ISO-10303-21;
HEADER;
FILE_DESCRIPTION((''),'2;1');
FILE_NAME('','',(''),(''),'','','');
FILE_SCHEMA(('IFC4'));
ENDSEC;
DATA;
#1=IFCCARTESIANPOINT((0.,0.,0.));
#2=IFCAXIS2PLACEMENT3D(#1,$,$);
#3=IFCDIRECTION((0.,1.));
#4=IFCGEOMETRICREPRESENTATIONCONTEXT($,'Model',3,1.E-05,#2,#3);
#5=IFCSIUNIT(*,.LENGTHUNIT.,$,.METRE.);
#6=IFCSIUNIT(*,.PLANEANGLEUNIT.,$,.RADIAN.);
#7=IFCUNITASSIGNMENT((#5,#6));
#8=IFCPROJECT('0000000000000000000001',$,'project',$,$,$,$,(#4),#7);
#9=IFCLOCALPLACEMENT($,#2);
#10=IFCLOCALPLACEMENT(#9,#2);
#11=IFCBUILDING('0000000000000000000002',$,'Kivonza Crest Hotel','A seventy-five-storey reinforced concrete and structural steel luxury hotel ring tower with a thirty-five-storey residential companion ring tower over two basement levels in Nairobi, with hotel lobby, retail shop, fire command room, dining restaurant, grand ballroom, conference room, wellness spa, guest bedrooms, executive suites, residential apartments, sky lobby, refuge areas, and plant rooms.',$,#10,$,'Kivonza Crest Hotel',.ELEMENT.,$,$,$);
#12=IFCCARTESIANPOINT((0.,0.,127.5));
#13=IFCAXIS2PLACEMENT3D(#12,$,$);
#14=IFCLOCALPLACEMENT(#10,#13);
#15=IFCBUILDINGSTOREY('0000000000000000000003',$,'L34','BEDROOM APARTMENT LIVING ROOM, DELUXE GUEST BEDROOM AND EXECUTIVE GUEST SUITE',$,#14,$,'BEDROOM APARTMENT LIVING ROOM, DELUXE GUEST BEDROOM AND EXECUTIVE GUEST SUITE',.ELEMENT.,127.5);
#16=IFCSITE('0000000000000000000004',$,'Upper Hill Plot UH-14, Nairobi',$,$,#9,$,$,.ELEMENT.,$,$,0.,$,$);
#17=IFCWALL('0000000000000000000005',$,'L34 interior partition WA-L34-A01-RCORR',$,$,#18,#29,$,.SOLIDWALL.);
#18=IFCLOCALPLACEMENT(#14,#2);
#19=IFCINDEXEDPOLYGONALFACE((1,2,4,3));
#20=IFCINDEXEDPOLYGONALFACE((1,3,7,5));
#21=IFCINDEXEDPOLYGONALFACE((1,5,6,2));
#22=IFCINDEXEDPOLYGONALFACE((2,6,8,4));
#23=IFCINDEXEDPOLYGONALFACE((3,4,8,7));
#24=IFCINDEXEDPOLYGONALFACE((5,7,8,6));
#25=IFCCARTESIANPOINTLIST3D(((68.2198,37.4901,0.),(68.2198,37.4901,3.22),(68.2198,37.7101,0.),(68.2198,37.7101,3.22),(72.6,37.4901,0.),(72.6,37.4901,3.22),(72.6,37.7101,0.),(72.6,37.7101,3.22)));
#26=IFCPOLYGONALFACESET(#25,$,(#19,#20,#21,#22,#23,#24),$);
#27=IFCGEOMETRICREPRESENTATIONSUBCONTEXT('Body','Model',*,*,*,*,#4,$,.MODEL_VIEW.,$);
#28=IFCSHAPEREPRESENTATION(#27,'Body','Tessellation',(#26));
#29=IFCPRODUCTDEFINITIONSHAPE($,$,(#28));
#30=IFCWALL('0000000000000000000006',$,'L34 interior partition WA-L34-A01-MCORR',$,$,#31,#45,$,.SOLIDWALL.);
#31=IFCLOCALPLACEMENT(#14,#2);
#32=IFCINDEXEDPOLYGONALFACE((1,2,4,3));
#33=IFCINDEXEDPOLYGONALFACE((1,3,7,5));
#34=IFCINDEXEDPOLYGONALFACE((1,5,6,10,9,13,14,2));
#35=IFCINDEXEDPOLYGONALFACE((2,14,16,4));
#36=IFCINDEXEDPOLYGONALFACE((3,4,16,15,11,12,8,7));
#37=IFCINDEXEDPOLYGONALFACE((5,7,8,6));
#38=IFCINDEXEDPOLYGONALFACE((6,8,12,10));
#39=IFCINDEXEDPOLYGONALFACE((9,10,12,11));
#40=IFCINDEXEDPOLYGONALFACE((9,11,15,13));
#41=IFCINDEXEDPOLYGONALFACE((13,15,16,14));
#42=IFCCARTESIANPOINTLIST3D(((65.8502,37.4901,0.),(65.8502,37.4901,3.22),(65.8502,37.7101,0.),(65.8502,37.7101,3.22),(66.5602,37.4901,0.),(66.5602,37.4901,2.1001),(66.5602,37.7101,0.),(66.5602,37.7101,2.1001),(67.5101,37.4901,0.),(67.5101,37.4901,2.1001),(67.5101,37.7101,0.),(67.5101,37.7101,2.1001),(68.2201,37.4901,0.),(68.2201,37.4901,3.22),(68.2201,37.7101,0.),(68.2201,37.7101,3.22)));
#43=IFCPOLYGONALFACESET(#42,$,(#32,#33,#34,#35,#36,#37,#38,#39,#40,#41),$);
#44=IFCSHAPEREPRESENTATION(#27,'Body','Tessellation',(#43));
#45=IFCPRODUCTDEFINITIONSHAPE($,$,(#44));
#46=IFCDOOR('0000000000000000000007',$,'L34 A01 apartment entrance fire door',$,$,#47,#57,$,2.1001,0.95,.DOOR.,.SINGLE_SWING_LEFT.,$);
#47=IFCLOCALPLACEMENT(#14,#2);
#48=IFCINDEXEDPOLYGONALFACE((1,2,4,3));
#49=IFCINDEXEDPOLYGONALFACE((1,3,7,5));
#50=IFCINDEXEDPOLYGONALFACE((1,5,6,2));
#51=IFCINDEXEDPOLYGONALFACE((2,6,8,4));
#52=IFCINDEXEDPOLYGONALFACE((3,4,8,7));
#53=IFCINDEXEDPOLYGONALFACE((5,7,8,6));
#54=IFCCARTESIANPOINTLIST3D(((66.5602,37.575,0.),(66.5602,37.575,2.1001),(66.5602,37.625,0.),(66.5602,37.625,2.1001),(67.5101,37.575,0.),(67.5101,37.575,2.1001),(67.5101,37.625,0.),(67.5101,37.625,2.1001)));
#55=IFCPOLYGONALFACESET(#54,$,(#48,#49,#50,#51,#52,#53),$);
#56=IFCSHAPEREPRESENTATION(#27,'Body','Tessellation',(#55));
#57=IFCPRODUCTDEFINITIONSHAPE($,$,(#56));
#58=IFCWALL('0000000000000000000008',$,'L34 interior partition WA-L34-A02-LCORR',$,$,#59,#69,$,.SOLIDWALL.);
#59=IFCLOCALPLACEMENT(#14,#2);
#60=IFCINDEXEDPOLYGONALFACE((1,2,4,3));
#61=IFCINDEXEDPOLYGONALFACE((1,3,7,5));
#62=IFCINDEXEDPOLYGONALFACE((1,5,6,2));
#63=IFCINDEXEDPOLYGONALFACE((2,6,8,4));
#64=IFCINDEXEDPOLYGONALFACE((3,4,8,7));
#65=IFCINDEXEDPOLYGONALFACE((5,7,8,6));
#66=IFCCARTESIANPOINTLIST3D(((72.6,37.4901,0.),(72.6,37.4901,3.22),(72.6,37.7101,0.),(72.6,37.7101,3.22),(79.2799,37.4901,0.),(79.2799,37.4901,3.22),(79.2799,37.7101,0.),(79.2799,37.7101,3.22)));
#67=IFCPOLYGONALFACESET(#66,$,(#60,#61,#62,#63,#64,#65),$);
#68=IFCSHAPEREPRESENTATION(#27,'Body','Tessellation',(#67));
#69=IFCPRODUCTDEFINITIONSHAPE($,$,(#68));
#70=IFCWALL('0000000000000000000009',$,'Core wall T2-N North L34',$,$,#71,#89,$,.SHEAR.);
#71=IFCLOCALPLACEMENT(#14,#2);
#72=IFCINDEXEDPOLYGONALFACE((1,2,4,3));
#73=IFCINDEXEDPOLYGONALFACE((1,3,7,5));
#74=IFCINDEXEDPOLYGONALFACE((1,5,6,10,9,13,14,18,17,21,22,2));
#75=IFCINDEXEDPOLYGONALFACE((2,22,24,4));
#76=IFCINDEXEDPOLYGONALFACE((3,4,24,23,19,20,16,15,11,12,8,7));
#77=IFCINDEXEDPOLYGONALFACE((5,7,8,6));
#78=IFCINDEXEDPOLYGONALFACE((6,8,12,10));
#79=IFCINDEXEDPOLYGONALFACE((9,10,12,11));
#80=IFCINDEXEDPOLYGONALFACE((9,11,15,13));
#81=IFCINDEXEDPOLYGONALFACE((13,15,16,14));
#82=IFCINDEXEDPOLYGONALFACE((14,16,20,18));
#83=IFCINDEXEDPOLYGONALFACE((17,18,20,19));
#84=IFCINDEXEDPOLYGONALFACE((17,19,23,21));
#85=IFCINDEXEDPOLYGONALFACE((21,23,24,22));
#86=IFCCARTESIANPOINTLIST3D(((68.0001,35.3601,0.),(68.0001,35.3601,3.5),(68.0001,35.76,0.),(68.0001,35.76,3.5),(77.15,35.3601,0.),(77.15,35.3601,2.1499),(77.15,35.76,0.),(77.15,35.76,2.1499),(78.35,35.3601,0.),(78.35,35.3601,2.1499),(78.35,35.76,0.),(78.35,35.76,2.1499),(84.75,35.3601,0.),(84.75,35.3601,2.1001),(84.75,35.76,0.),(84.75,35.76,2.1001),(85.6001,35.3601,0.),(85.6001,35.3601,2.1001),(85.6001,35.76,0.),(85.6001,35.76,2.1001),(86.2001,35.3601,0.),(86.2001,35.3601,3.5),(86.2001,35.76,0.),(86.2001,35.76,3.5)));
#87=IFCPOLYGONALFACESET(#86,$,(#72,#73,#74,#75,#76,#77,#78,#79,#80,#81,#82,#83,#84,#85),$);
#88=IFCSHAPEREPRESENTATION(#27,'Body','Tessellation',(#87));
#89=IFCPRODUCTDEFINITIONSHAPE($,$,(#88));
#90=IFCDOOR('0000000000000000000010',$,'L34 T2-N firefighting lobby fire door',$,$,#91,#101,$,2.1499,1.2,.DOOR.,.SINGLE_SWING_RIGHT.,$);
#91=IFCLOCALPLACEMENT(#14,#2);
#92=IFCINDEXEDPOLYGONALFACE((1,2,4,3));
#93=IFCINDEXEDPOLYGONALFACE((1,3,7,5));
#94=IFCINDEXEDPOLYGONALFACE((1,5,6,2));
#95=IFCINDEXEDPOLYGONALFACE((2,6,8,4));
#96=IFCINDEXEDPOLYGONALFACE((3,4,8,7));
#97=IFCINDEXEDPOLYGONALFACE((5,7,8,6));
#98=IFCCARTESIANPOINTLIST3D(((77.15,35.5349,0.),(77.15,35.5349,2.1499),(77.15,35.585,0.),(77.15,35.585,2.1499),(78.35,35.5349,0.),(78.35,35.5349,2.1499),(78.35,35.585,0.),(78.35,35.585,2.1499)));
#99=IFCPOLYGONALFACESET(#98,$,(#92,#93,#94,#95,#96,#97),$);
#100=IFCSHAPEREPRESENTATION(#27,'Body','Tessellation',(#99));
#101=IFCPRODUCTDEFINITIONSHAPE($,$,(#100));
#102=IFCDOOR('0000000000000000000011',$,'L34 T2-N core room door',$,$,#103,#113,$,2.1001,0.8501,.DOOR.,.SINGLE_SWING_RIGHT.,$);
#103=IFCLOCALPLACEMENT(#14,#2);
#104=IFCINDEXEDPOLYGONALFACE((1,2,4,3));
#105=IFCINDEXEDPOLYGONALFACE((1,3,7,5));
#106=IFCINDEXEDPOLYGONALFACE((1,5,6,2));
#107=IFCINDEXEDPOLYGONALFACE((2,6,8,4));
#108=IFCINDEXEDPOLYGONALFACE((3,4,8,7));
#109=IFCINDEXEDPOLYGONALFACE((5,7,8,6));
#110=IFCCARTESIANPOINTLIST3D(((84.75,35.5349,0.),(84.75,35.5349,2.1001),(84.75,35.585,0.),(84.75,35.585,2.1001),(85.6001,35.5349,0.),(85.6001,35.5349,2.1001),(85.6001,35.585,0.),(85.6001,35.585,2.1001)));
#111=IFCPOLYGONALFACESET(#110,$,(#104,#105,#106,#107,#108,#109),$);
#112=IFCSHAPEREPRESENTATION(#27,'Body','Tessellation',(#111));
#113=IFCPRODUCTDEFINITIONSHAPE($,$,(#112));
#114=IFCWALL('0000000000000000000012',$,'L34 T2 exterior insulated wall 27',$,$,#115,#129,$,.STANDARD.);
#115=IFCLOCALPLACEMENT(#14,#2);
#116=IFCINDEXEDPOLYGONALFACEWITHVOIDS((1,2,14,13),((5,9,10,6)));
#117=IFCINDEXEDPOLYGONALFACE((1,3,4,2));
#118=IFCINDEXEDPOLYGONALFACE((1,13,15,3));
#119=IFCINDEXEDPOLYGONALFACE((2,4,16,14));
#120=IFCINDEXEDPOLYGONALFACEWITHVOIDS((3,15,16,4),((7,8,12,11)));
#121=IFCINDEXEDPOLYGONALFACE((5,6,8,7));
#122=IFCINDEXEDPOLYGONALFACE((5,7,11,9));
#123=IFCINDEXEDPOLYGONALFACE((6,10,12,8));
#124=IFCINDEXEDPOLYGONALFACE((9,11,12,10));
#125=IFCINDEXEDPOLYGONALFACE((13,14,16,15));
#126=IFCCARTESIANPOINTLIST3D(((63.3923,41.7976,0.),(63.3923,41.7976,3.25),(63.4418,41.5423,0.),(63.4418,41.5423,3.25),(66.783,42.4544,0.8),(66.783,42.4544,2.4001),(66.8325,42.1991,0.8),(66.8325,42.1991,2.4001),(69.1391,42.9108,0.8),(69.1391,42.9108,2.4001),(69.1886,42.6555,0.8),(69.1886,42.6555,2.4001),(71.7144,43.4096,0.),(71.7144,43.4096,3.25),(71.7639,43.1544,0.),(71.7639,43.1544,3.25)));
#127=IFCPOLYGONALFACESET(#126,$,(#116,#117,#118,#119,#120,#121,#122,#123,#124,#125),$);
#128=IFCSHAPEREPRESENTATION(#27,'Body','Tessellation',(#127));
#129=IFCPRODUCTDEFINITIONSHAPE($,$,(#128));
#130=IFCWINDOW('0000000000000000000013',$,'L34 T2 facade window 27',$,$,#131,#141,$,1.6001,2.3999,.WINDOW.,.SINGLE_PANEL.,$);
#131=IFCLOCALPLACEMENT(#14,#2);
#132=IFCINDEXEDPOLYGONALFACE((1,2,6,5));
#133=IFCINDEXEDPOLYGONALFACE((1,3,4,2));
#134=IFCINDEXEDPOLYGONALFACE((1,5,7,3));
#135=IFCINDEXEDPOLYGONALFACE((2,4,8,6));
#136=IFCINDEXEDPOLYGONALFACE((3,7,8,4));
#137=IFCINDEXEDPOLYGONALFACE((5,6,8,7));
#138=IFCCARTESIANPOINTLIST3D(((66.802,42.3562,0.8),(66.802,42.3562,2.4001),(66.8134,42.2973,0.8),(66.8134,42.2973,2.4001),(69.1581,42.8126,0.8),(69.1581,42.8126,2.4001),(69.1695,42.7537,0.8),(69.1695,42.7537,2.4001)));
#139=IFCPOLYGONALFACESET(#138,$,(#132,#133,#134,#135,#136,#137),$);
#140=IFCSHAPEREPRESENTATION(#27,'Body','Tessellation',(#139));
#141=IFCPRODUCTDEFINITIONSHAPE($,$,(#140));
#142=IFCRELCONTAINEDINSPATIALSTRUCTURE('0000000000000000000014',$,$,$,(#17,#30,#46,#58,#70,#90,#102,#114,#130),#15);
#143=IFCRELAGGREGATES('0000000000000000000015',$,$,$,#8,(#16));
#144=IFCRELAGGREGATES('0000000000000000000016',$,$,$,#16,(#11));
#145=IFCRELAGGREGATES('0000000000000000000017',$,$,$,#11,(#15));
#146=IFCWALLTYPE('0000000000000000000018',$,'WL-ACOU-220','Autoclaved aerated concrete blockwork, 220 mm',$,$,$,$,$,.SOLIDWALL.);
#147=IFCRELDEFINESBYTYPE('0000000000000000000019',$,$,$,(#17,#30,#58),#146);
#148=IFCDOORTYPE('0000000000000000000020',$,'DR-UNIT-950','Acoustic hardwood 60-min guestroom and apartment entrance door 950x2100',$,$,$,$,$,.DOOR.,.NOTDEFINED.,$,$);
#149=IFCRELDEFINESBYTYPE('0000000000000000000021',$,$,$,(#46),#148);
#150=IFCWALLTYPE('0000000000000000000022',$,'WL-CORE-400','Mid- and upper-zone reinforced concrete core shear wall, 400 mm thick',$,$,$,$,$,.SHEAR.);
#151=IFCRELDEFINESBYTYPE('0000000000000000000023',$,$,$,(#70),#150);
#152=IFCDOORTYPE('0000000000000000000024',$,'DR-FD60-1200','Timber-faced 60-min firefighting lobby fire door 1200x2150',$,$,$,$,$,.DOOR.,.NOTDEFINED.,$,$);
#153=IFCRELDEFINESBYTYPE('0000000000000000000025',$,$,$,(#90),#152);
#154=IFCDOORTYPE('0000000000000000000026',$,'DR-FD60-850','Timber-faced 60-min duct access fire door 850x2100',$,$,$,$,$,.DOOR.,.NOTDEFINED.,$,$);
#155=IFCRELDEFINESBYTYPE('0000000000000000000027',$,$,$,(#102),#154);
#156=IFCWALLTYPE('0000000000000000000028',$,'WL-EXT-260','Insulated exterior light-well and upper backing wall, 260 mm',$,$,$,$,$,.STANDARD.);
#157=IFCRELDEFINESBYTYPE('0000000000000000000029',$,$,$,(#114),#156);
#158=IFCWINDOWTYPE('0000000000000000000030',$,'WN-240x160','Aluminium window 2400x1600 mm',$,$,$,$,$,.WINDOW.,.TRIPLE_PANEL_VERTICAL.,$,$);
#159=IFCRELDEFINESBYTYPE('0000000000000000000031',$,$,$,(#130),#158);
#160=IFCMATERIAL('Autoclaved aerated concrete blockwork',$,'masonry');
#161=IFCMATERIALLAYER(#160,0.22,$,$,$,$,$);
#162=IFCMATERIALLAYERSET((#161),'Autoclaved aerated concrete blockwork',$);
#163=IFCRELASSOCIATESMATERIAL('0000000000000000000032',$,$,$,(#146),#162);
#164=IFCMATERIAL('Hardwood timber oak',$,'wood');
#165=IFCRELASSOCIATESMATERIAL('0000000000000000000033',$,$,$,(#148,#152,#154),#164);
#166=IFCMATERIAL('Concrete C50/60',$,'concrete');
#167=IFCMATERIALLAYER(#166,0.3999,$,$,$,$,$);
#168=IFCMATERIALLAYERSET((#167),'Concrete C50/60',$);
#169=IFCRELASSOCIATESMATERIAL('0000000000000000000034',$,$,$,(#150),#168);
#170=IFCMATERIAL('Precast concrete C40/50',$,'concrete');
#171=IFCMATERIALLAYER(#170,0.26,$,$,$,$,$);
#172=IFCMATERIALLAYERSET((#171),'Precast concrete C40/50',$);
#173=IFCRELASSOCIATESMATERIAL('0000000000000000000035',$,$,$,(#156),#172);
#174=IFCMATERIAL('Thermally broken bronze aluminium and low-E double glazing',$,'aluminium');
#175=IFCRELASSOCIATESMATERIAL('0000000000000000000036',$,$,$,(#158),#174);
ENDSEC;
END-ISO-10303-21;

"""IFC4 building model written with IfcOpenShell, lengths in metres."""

from ifc_helpers import new_model, si_unit, direction, frame, frame_2d, origin, place, context, subcontext, project, spatial, rectangle, extrude, material, layer, layer_set, type_object, element, fill, save


model = new_model("IFC4")

# Units and contexts
model_context = context("Model", 3, precision=1e-05, world=origin(), true_north=direction((0.0, 1.0)))
body_context = subcontext(model_context, "Body", "Model", "MODEL_VIEW")
ifc_project = project(units=[si_unit("LENGTHUNIT", "METRE"), si_unit("PLANEANGLEUNIT", "RADIAN")], contexts=[model_context])

# Site, building, storey
site_placement = place(None, origin())
site = spatial("IfcSite", under=ifc_project, at=site_placement, Name="Upper Hill Plot UH-14, Nairobi", CompositionType="ELEMENT", RefElevation=0.0)
building_placement = place(site_placement, origin())
building = spatial("IfcBuilding", under=site, at=building_placement, Name="Kivonza Crest Hotel", Description="A seventy-five-storey reinforced concrete and structural steel luxury hotel ring tower with a thirty-five-storey residential companion ring tower over two basement levels in Nairobi, with hotel lobby, retail shop, fire command room, dining restaurant, grand ballroom, conference room, wellness spa, guest bedrooms, executive suites, residential apartments, sky lobby, refuge areas, and plant rooms.", LongName="Kivonza Crest Hotel", CompositionType="ELEMENT")
storey_placement = place(building_placement, frame((0.0, 0.0, 127.5)))
storey = spatial("IfcBuildingStorey", under=building, at=storey_placement, Name="L34", Description="BEDROOM APARTMENT LIVING ROOM, DELUXE GUEST BEDROOM AND EXECUTIVE GUEST SUITE", LongName="BEDROOM APARTMENT LIVING ROOM, DELUXE GUEST BEDROOM AND EXECUTIVE GUEST SUITE", CompositionType="ELEMENT", Elevation=127.5)

# Shared definitions
ifc_material_1 = material(Name="Concrete C50/60", Category="concrete")

# Wall
ifc_material_2 = material(Name="Autoclaved aerated concrete blockwork", Category="masonry")
ifc_layer_1 = layer(ifc_material_2, 0.22)
ifc_layer_set_1 = layer_set([ifc_layer_1], Name="Autoclaved aerated concrete blockwork")
wall_type_1 = type_object("IfcWallType", Name="WL-ACOU-220", Description="Autoclaved aerated concrete blockwork, 220 mm", PredefinedType="SOLIDWALL", material=ifc_layer_set_1)
wall_1_placement = place(storey_placement, frame((68.22, 37.6001, 0.0), z_axis=(0.0, 0.0, 1.0), x_axis=(1.0, 0.0, 0.0)))
element("IfcWall", 1, at=wall_1_placement, inside=storey, type_object=wall_type_1, Name="L34 interior partition WA-L34-A01-RCORR", PredefinedType="SOLIDWALL", context=body_context, shape_type="SweptSolid", body=[
    extrude(rectangle(XDim=4.3801, YDim=0.22, at=frame_2d((2.1899, 0.0))), origin(), (0.0, 0.0, 1.0), 3.22),
])

# Wall, opening, door
wall_2_placement = place(storey_placement, frame((65.8501, 37.6001, 0.0), z_axis=(0.0, 0.0, 1.0), x_axis=(1.0, 0.0, 0.0)))
wall_2 = element("IfcWall", 2, at=wall_2_placement, inside=storey, type_object=wall_type_1, Name="L34 interior partition WA-L34-A01-MCORR", PredefinedType="SOLIDWALL", context=body_context, shape_type="SweptSolid", body=[
    extrude(rectangle(XDim=2.3699, YDim=0.22, at=frame_2d((1.1851, 0.0))), origin(), (0.0, 0.0, 1.0), 3.22),
])
opening_1_placement = place(wall_2_placement, frame((0.71, 0.0, 0.0)))
opening_1 = element("IfcOpeningElement", 3, at=opening_1_placement, cuts=wall_2, PredefinedType="OPENING", context=body_context, shape_type="SweptSolid", body=[
    extrude(rectangle(XDim=0.95, YDim=2.1001, at=frame_2d((0.4751, 1.05))), frame((0.0, 0.1201, 0.0), z_axis=(0.0, -1.0, 0.0), x_axis=(1.0, 0.0, 0.0)), (0.0, 0.0, 1.0), 0.24),
])
ifc_material_3 = material(Name="Hardwood timber oak", Category="wood")
door_type_1 = type_object("IfcDoorType", Name="DR-UNIT-950", Description="Acoustic hardwood 60-min guestroom and apartment entrance door 950x2100", OperationType="NOTDEFINED", PredefinedType="DOOR", material=ifc_material_3)
door_1_placement = place(opening_1_placement, origin())
door_1 = element("IfcDoor", 4, at=door_1_placement, inside=storey, type_object=door_type_1, Name="L34 A01 apartment entrance fire door", OperationType="SINGLE_SWING_LEFT", OverallHeight=2.1001, OverallWidth=0.95, PredefinedType="DOOR", context=body_context, shape_type="SweptSolid", body=[
    extrude(rectangle(XDim=0.95, YDim=2.1001, at=frame_2d((0.4751, 1.05))), frame((0.0, 0.0249, 0.0), z_axis=(0.0, -1.0, 0.0), x_axis=(1.0, 0.0, 0.0)), (0.0, 0.0, 1.0), 0.05),
])
fill(opening_1, door_1)

# Wall
wall_3_placement = place(storey_placement, frame((72.6001, 37.6001, 0.0), z_axis=(0.0, 0.0, 1.0), x_axis=(1.0, 0.0, 0.0)))
element("IfcWall", 5, at=wall_3_placement, inside=storey, type_object=wall_type_1, Name="L34 interior partition WA-L34-A02-LCORR", PredefinedType="SOLIDWALL", context=body_context, shape_type="SweptSolid", body=[
    extrude(rectangle(XDim=6.6799, YDim=0.22, at=frame_2d((3.3398, 0.0))), origin(), (0.0, 0.0, 1.0), 3.22),
])

# Wall, openings, doors
ifc_layer_2 = layer(ifc_material_1, 0.3999)
ifc_layer_set_2 = layer_set([ifc_layer_2], Name="Concrete C50/60")
wall_type_2 = type_object("IfcWallType", Name="WL-CORE-400", Description="Mid- and upper-zone reinforced concrete core shear wall, 400 mm thick", PredefinedType="SHEAR", material=ifc_layer_set_2)
wall_4_placement = place(storey_placement, frame((68.0, 35.5601, 0.0), z_axis=(0.0, 0.0, 1.0), x_axis=(1.0, 0.0, 0.0)))
wall_4 = element("IfcWall", 6, at=wall_4_placement, inside=storey, type_object=wall_type_2, Name="Core wall T2-N North L34", PredefinedType="SHEAR", context=body_context, shape_type="SweptSolid", body=[
    extrude(rectangle(XDim=18.2, YDim=0.3999, at=frame_2d((9.1001, 0.0))), origin(), (0.0, 0.0, 1.0), 3.5),
])
opening_2_placement = place(wall_4_placement, frame((9.1499, 0.0, 0.0)))
opening_2 = element("IfcOpeningElement", 7, at=opening_2_placement, cuts=wall_4, PredefinedType="OPENING", context=body_context, shape_type="SweptSolid", body=[
    extrude(rectangle(XDim=1.2, YDim=2.1499, at=frame_2d((0.6001, 1.075))), frame((0.0, 0.21, 0.0), z_axis=(0.0, -1.0, 0.0), x_axis=(1.0, 0.0, 0.0)), (0.0, 0.0, 1.0), 0.4199),
])
opening_3_placement = place(wall_4_placement, frame((16.75, 0.0, 0.0)))
opening_3 = element("IfcOpeningElement", 8, at=opening_3_placement, cuts=wall_4, PredefinedType="OPENING", context=body_context, shape_type="SweptSolid", body=[
    extrude(rectangle(XDim=0.8501, YDim=2.1001, at=frame_2d((0.425, 1.05))), frame((0.0, 0.21, 0.0), z_axis=(0.0, -1.0, 0.0), x_axis=(1.0, 0.0, 0.0)), (0.0, 0.0, 1.0), 0.4199),
])
door_type_2 = type_object("IfcDoorType", Name="DR-FD60-1200", Description="Timber-faced 60-min firefighting lobby fire door 1200x2150", OperationType="NOTDEFINED", PredefinedType="DOOR", material=ifc_material_3)
door_2_placement = place(opening_2_placement, origin())
door_2 = element("IfcDoor", 9, at=door_2_placement, inside=storey, type_object=door_type_2, Name="L34 T2-N firefighting lobby fire door", OperationType="SINGLE_SWING_RIGHT", OverallHeight=2.1499, OverallWidth=1.2, PredefinedType="DOOR", context=body_context, shape_type="SweptSolid", body=[
    extrude(rectangle(XDim=1.2, YDim=2.1499, at=frame_2d((0.6001, 1.075))), frame((0.0, 0.0249, 0.0), z_axis=(0.0, -1.0, 0.0), x_axis=(1.0, 0.0, 0.0)), (0.0, 0.0, 1.0), 0.05),
])
fill(opening_2, door_2)
door_type_3 = type_object("IfcDoorType", Name="DR-FD60-850", Description="Timber-faced 60-min duct access fire door 850x2100", OperationType="NOTDEFINED", PredefinedType="DOOR", material=ifc_material_3)
door_3_placement = place(opening_3_placement, origin())
door_3 = element("IfcDoor", 10, at=door_3_placement, inside=storey, type_object=door_type_3, Name="L34 T2-N core room door", OperationType="SINGLE_SWING_RIGHT", OverallHeight=2.1001, OverallWidth=0.8501, PredefinedType="DOOR", context=body_context, shape_type="SweptSolid", body=[
    extrude(rectangle(XDim=0.8501, YDim=2.1001, at=frame_2d((0.425, 1.05))), frame((0.0, 0.0249, 0.0), z_axis=(0.0, -1.0, 0.0), x_axis=(1.0, 0.0, 0.0)), (0.0, 0.0, 1.0), 0.05),
])
fill(opening_3, door_3)

# Wall, opening, window
ifc_material_4 = material(Name="Precast concrete C40/50", Category="concrete")
ifc_layer_3 = layer(ifc_material_4, 0.26)
ifc_layer_set_3 = layer_set([ifc_layer_3], Name="Precast concrete C40/50")
wall_type_3 = type_object("IfcWallType", Name="WL-EXT-260", Description="Insulated exterior light-well and upper backing wall, 260 mm", PredefinedType="STANDARD", material=ifc_layer_set_3)
wall_5_placement = place(storey_placement, frame((71.739, 43.282, 0.0), z_axis=(0.0, 0.0, 1.0), x_axis=(-0.98175, -0.190175, 0.0)))
wall_5 = element("IfcWall", 11, at=wall_5_placement, inside=storey, type_object=wall_type_3, Name="L34 T2 exterior insulated wall 27", PredefinedType="STANDARD", context=body_context, shape_type="SweptSolid", body=[
    extrude(rectangle(XDim=8.4768, YDim=0.26, at=frame_2d((4.2383, 0.0))), origin(), (0.0, 0.0, 1.0), 3.25),
])
opening_4_placement = place(wall_5_placement, frame((2.623, 0.0, 0.8)))
opening_4 = element("IfcOpeningElement", 12, at=opening_4_placement, cuts=wall_5, PredefinedType="OPENING", context=body_context, shape_type="SweptSolid", body=[
    extrude(rectangle(XDim=2.3999, YDim=1.6001, at=frame_2d((1.2, 0.8))), frame((0.0, 0.1401, 0.0), z_axis=(0.0, -1.0, 0.0), x_axis=(1.0, 0.0, 0.0)), (0.0, 0.0, 1.0), 0.28),
])
ifc_material_5 = material(Name="Thermally broken bronze aluminium and low-E double glazing", Category="aluminium")
window_type = type_object("IfcWindowType", Name="WN-240x160", Description="Aluminium window 2400x1600 mm", PartitioningType="TRIPLE_PANEL_VERTICAL", PredefinedType="WINDOW", material=ifc_material_5)
window_placement = place(opening_4_placement, origin())
window = element("IfcWindow", 13, at=window_placement, inside=storey, type_object=window_type, Name="L34 T2 facade window 27", OverallHeight=1.6001, OverallWidth=2.3999, PartitioningType="SINGLE_PANEL", PredefinedType="WINDOW", context=body_context, shape_type="SweptSolid", body=[
    extrude(rectangle(XDim=2.3999, YDim=1.6001, at=frame_2d((1.2, 0.8))), frame((0.0, 0.03, 0.0), z_axis=(0.0, -1.0, 0.0), x_axis=(1.0, 0.0, 0.0)), (0.0, 0.0, 1.0), 0.0601),
])
fill(opening_4, window)

save(model, "model.ifc")
